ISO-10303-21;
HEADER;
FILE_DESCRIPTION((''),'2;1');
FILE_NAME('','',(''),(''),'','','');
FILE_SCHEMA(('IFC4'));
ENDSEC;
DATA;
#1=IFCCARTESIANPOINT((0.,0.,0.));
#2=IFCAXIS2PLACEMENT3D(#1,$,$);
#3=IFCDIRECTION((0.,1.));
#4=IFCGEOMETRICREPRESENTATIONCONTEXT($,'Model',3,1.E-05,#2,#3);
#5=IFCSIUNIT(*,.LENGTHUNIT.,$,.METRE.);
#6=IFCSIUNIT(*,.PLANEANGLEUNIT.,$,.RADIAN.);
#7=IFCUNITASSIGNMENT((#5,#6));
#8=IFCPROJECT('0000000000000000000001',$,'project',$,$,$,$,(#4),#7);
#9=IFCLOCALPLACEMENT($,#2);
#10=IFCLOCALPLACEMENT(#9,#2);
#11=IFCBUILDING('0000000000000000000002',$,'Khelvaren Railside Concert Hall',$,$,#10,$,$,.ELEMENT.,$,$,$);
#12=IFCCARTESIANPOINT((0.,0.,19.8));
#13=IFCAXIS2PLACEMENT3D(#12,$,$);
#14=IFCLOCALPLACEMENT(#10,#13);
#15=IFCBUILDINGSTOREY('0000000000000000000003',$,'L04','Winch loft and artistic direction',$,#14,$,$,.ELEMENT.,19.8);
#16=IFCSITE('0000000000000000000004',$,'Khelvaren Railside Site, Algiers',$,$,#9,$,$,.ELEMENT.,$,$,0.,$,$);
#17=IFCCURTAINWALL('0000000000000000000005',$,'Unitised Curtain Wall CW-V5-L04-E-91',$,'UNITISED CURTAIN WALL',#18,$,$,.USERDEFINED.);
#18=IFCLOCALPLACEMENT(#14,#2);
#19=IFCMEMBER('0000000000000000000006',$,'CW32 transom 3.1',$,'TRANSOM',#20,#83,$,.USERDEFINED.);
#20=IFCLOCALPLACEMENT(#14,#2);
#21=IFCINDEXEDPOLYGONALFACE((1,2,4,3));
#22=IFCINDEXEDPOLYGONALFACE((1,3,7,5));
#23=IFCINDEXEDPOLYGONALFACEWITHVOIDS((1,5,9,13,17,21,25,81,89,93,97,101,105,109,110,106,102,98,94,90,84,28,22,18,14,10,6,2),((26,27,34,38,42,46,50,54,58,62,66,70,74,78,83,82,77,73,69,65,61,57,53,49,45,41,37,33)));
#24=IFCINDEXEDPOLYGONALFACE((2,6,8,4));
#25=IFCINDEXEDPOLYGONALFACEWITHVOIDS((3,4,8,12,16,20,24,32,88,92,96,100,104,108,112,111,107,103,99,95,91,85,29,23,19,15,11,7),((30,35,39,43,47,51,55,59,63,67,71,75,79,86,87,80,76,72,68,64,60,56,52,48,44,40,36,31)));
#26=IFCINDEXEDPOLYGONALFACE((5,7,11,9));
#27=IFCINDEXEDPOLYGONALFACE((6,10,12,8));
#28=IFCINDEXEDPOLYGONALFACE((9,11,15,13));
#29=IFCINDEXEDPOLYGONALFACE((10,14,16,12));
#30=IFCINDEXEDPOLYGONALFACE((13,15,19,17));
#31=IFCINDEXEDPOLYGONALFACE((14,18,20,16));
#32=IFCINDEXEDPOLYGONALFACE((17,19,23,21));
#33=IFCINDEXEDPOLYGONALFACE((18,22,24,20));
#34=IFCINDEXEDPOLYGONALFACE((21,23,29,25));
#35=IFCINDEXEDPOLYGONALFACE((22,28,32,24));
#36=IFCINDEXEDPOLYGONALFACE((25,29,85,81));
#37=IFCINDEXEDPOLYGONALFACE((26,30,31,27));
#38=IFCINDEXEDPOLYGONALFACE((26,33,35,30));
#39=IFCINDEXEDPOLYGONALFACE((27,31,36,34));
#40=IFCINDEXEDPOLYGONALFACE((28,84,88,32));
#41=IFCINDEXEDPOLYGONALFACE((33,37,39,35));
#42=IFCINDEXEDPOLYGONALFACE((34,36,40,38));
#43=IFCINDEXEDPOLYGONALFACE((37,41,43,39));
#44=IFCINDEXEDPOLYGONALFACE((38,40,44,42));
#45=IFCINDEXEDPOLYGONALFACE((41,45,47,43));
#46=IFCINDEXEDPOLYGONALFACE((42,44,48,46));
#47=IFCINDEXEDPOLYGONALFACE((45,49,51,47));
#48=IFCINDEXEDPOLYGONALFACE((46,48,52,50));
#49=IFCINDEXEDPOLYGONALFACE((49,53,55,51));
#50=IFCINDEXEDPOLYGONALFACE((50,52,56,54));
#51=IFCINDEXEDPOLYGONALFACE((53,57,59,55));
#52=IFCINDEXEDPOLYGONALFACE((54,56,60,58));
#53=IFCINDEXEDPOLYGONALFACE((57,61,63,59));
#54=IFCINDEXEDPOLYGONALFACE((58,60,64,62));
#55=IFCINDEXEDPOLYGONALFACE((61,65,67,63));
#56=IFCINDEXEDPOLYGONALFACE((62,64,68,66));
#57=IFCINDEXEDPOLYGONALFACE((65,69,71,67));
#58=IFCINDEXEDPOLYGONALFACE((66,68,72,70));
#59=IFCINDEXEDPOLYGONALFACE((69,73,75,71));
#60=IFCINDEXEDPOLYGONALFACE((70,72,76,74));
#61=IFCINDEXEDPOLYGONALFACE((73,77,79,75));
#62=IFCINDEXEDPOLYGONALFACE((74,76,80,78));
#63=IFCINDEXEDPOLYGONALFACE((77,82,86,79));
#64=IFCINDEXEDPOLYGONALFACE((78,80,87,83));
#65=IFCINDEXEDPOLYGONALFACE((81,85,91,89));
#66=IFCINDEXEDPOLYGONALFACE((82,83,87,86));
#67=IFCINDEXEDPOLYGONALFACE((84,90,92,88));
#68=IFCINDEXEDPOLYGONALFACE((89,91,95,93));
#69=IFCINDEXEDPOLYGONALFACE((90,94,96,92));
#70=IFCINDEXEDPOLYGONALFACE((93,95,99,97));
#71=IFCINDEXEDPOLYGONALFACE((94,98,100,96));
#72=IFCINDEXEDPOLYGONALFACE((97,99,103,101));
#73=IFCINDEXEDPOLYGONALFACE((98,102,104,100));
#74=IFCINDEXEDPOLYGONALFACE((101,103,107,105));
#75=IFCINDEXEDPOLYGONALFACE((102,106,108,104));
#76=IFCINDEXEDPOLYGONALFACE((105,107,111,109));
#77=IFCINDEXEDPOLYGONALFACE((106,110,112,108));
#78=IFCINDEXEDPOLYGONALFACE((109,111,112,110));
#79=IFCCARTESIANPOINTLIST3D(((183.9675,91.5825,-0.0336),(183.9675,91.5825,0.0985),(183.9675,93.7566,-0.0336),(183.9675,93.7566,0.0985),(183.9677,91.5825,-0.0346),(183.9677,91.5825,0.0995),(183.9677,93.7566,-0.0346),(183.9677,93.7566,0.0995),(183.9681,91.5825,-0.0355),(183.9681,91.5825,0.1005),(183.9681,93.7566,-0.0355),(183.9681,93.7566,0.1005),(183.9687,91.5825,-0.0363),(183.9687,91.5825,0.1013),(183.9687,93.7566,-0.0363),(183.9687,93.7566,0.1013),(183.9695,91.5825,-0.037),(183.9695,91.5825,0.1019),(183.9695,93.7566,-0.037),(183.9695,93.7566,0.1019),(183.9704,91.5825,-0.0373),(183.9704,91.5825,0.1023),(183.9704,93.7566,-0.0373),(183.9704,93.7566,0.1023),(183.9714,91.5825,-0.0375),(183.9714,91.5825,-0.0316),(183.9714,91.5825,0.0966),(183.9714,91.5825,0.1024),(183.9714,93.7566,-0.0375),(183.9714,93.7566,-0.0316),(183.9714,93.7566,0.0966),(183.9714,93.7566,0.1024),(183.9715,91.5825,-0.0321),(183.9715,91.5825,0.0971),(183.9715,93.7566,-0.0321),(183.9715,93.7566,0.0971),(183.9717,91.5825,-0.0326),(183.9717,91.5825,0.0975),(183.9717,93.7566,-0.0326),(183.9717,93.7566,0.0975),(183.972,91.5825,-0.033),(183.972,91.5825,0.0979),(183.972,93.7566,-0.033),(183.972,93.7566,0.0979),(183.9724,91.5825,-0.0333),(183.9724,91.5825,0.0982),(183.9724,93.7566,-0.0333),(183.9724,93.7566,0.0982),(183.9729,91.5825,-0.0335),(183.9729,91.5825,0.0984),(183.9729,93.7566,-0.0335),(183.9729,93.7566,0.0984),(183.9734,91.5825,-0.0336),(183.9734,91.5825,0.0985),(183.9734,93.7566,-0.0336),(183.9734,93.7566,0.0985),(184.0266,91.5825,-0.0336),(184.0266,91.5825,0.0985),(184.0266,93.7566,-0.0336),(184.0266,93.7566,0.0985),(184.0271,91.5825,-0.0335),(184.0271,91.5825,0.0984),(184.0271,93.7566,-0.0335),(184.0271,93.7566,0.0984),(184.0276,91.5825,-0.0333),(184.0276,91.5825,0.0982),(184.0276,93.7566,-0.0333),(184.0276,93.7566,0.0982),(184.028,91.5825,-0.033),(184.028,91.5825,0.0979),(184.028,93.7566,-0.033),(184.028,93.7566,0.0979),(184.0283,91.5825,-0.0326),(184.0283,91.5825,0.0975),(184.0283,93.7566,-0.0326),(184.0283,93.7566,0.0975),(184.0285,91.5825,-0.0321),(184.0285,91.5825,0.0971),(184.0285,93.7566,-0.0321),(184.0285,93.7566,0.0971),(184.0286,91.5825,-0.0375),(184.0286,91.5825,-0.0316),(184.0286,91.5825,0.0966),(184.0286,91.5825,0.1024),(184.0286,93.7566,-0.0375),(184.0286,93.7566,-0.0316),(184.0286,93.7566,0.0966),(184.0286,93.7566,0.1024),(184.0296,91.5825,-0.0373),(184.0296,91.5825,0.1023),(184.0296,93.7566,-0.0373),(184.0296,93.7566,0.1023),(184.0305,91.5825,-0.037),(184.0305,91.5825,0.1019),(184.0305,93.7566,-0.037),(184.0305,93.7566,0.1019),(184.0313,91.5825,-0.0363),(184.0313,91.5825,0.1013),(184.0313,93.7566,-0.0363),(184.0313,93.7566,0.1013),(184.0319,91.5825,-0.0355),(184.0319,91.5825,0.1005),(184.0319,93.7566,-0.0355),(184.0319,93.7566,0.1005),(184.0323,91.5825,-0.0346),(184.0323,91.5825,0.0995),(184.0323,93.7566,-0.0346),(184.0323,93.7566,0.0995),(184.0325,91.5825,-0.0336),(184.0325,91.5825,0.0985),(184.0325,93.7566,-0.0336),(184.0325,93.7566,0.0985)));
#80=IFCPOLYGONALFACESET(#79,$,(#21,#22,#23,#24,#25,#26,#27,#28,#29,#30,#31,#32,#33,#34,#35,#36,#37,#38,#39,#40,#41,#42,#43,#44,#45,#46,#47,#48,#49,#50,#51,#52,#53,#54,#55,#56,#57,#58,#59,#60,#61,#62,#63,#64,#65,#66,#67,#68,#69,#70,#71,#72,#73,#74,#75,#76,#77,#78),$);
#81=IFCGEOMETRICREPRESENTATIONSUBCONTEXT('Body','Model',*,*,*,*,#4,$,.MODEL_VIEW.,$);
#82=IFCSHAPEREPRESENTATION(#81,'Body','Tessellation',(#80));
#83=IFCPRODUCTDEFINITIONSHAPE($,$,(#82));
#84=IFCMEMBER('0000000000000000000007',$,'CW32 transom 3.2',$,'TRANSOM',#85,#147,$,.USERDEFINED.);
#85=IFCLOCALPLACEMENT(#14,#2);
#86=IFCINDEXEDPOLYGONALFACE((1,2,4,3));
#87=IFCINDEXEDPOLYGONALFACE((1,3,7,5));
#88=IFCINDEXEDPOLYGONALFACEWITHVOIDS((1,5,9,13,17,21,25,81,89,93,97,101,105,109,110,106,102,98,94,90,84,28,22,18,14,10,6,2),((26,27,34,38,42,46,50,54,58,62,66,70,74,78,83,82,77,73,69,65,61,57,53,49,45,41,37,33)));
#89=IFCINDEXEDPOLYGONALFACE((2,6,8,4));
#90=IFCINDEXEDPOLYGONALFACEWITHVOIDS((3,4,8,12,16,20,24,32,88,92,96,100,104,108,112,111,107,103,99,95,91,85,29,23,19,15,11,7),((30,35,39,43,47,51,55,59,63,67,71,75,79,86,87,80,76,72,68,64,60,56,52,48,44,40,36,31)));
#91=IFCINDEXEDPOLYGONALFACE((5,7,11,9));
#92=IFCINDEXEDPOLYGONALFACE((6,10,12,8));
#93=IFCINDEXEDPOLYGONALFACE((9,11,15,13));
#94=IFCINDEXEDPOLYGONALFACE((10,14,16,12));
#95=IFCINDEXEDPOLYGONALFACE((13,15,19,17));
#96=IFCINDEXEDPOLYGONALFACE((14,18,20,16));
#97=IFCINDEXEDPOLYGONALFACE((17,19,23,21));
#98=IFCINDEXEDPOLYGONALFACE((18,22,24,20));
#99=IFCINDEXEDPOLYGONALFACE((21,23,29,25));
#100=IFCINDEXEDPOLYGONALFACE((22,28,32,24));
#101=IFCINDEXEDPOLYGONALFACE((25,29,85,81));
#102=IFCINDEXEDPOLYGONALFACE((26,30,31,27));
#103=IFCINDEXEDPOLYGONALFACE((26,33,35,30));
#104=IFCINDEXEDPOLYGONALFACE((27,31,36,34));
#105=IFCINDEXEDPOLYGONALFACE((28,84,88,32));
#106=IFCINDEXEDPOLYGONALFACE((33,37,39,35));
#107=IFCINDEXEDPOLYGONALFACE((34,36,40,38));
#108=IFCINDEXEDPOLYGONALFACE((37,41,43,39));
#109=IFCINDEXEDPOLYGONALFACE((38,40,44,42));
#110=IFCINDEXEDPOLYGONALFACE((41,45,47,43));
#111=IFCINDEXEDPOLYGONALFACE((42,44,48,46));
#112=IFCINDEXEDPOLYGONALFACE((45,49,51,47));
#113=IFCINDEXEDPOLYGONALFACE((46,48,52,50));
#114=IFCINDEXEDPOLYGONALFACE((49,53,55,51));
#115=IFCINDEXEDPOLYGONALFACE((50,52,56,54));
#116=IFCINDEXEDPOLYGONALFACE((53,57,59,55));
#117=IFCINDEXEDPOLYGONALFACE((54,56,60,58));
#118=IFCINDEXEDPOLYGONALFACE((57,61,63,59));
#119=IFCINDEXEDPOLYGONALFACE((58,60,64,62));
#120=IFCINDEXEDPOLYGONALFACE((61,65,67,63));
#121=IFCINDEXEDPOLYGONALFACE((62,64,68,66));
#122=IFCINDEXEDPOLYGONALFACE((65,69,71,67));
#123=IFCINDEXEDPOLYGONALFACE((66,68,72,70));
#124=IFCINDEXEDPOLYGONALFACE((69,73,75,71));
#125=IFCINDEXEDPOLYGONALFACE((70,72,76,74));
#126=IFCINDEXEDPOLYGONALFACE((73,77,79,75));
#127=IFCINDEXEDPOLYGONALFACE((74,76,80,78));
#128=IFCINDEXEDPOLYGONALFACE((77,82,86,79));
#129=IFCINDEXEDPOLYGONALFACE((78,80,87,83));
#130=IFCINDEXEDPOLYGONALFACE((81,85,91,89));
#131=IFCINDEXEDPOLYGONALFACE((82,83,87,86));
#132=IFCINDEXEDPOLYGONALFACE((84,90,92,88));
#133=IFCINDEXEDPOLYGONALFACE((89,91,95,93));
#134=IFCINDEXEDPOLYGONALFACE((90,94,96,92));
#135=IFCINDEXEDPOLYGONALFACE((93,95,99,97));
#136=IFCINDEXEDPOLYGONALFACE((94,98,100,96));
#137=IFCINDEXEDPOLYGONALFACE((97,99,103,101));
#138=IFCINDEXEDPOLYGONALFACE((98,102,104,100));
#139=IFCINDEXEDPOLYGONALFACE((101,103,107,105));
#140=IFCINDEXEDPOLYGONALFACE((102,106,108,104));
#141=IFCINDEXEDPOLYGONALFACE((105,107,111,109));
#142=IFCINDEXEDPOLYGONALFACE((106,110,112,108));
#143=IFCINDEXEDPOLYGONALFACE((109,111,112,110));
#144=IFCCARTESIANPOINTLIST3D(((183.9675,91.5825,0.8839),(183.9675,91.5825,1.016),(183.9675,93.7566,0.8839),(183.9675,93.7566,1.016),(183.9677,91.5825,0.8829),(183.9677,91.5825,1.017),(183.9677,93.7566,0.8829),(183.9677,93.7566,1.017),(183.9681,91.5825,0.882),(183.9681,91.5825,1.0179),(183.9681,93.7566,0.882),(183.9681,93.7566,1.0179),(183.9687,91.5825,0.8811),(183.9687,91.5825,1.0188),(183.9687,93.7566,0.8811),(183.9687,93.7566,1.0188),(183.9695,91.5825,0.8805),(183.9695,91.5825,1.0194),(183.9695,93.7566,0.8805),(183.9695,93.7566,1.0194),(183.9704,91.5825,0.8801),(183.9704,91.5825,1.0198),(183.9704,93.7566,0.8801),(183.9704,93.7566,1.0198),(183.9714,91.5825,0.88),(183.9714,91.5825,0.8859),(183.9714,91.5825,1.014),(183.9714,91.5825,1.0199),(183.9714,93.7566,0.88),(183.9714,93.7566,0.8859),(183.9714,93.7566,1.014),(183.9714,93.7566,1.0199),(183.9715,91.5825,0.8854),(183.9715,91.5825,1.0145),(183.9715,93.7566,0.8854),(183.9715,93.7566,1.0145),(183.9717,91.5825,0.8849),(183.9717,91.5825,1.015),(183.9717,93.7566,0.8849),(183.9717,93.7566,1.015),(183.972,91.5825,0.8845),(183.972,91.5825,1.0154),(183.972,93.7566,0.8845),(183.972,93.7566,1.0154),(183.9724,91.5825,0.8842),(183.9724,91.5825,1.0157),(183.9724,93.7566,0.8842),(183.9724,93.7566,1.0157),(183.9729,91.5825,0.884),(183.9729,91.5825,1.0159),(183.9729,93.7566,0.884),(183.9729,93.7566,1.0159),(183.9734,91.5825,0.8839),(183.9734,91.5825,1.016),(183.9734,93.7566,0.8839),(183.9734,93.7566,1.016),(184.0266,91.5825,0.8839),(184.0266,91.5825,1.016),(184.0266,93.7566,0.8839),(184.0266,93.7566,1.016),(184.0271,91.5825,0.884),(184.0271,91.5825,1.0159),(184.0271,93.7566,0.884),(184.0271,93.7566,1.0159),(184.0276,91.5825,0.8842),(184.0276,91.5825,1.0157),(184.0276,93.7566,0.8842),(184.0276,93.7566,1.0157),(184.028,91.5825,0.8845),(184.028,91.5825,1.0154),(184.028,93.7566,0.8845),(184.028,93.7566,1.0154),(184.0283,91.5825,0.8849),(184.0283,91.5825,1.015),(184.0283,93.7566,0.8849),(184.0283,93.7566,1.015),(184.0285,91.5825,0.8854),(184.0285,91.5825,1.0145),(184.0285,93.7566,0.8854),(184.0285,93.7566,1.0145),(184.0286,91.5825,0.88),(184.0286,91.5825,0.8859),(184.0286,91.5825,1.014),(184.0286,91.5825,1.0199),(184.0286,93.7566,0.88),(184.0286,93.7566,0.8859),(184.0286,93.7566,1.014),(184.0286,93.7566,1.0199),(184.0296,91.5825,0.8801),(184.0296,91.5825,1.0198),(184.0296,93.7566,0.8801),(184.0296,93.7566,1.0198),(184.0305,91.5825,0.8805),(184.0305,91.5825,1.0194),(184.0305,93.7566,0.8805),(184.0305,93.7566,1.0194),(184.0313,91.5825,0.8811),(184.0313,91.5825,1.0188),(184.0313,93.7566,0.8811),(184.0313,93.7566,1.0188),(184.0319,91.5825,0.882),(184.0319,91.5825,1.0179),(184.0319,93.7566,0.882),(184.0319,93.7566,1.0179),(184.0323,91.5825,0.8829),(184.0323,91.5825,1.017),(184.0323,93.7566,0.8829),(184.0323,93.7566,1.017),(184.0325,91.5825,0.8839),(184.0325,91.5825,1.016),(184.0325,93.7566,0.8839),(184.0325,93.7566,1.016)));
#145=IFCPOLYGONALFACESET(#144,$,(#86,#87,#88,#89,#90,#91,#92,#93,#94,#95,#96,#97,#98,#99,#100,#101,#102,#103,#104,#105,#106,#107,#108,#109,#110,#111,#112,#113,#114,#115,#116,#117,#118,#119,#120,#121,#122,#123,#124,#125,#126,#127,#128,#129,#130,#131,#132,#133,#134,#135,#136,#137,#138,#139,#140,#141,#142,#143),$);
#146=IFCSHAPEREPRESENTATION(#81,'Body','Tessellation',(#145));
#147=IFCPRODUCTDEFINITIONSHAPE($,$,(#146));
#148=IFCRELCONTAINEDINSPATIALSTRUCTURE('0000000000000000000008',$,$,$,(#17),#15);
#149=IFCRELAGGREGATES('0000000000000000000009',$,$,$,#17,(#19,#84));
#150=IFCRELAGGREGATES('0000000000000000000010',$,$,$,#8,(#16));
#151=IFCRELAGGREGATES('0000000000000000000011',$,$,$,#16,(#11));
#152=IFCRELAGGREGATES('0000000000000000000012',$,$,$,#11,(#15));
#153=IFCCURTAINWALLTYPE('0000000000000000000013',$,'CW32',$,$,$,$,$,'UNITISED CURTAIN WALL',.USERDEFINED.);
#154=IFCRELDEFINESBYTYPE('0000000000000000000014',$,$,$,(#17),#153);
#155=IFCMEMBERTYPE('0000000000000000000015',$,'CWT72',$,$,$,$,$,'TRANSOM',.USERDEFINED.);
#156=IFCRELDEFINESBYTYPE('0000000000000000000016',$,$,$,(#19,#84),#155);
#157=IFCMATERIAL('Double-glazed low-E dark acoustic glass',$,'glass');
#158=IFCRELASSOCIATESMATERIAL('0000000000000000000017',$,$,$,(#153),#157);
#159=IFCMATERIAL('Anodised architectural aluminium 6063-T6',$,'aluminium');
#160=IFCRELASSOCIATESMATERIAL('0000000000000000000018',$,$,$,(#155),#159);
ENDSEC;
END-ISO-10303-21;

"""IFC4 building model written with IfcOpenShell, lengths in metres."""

from ifc_helpers import new_model, si_unit, direction, frame, origin, origin_2d, place, context, subcontext, project, spatial, hollow_rectangle, extrude, material, material_profile, profile_set, type_object, element, aggregate, save


model = new_model("IFC4")

# Units and contexts
model_context = context("Model", 3, precision=1e-05, world=origin(), true_north=direction((0.0, 1.0)))
body_context = subcontext(model_context, "Body", "Model", "MODEL_VIEW")
ifc_project = project(units=[si_unit("LENGTHUNIT", "METRE"), si_unit("PLANEANGLEUNIT", "RADIAN")], contexts=[model_context])

# Site, building, storey
site_placement = place(None, origin())
site = spatial("IfcSite", under=ifc_project, at=site_placement, Name="Khelvaren Railside Site, Algiers", CompositionType="ELEMENT", RefElevation=0.0)
building_placement = place(site_placement, origin())
building = spatial("IfcBuilding", under=site, at=building_placement, Name="Khelvaren Railside Concert Hall", CompositionType="ELEMENT")
storey_placement = place(building_placement, frame((0.0, 0.0, 19.8)))
storey = spatial("IfcBuildingStorey", under=building, at=storey_placement, Name="L04", Description="Winch loft and artistic direction", CompositionType="ELEMENT", Elevation=19.8)

# Curtain wall
ifc_material_1 = material(Name="Anodised architectural aluminium 6063-T6", Category="aluminium")
ifc_material_2 = material(Name="Double-glazed low-E dark acoustic glass", Category="glass")
curtain_wall_type_1 = type_object("IfcCurtainWallType", Name="CW32", ElementType="UNITISED CURTAIN WALL", PredefinedType="USERDEFINED", material=ifc_material_2)
curtain_wall_1_placement = place(storey_placement, origin())
curtain_wall_1 = element("IfcCurtainWall", 1, at=curtain_wall_1_placement, inside=storey, type_object=curtain_wall_type_1, Name="Unitised Curtain Wall CW-V5-L04-E-91", ObjectType="UNITISED CURTAIN WALL", PredefinedType="USERDEFINED")

# Members
ifc_material_profile_1 = material_profile(ifc_material_1, hollow_rectangle(XDim=0.0649, YDim=0.1399, WallThickness=0.0039, InnerFilletRadius=0.002, OuterFilletRadius=0.0039, at=origin_2d()), Name="CWT 65x140x4")
ifc_profile_set_1 = profile_set([ifc_material_profile_1], Name="Anodised architectural aluminium 6063-T6")
member_type_1 = type_object("IfcMemberType", Name="CWT72", ElementType="TRANSOM", PredefinedType="USERDEFINED", material=ifc_profile_set_1)
member_1_placement = place(storey_placement, frame((184.0, 93.7566, 0.0325), z_axis=(0.0, -1.0, 0.0), x_axis=(1.0, 0.0, 0.0)))
member_1 = element("IfcMember", 2, at=member_1_placement, type_object=member_type_1, Name="CW32 transom 3.1", ObjectType="TRANSOM", PredefinedType="USERDEFINED", context=body_context, shape_type="SweptSolid", body=[
    extrude(hollow_rectangle(XDim=0.0649, YDim=0.1399, WallThickness=0.0039, InnerFilletRadius=0.002, OuterFilletRadius=0.0039, at=origin_2d()), origin(), (0.0, 0.0, 1.0), 2.1741),
])
member_2_placement = place(storey_placement, frame((184.0, 93.7566, 0.95), z_axis=(0.0, -1.0, 0.0), x_axis=(1.0, 0.0, 0.0)))
member_2 = element("IfcMember", 3, at=member_2_placement, type_object=member_type_1, Name="CW32 transom 3.2", ObjectType="TRANSOM", PredefinedType="USERDEFINED", context=body_context, shape_type="SweptSolid", body=[
    extrude(hollow_rectangle(XDim=0.0649, YDim=0.1399, WallThickness=0.0039, InnerFilletRadius=0.002, OuterFilletRadius=0.0039, at=origin_2d()), origin(), (0.0, 0.0, 1.0), 2.1741),
])

aggregate(curtain_wall_1, [member_1, member_2])

save(model, "model.ifc")
